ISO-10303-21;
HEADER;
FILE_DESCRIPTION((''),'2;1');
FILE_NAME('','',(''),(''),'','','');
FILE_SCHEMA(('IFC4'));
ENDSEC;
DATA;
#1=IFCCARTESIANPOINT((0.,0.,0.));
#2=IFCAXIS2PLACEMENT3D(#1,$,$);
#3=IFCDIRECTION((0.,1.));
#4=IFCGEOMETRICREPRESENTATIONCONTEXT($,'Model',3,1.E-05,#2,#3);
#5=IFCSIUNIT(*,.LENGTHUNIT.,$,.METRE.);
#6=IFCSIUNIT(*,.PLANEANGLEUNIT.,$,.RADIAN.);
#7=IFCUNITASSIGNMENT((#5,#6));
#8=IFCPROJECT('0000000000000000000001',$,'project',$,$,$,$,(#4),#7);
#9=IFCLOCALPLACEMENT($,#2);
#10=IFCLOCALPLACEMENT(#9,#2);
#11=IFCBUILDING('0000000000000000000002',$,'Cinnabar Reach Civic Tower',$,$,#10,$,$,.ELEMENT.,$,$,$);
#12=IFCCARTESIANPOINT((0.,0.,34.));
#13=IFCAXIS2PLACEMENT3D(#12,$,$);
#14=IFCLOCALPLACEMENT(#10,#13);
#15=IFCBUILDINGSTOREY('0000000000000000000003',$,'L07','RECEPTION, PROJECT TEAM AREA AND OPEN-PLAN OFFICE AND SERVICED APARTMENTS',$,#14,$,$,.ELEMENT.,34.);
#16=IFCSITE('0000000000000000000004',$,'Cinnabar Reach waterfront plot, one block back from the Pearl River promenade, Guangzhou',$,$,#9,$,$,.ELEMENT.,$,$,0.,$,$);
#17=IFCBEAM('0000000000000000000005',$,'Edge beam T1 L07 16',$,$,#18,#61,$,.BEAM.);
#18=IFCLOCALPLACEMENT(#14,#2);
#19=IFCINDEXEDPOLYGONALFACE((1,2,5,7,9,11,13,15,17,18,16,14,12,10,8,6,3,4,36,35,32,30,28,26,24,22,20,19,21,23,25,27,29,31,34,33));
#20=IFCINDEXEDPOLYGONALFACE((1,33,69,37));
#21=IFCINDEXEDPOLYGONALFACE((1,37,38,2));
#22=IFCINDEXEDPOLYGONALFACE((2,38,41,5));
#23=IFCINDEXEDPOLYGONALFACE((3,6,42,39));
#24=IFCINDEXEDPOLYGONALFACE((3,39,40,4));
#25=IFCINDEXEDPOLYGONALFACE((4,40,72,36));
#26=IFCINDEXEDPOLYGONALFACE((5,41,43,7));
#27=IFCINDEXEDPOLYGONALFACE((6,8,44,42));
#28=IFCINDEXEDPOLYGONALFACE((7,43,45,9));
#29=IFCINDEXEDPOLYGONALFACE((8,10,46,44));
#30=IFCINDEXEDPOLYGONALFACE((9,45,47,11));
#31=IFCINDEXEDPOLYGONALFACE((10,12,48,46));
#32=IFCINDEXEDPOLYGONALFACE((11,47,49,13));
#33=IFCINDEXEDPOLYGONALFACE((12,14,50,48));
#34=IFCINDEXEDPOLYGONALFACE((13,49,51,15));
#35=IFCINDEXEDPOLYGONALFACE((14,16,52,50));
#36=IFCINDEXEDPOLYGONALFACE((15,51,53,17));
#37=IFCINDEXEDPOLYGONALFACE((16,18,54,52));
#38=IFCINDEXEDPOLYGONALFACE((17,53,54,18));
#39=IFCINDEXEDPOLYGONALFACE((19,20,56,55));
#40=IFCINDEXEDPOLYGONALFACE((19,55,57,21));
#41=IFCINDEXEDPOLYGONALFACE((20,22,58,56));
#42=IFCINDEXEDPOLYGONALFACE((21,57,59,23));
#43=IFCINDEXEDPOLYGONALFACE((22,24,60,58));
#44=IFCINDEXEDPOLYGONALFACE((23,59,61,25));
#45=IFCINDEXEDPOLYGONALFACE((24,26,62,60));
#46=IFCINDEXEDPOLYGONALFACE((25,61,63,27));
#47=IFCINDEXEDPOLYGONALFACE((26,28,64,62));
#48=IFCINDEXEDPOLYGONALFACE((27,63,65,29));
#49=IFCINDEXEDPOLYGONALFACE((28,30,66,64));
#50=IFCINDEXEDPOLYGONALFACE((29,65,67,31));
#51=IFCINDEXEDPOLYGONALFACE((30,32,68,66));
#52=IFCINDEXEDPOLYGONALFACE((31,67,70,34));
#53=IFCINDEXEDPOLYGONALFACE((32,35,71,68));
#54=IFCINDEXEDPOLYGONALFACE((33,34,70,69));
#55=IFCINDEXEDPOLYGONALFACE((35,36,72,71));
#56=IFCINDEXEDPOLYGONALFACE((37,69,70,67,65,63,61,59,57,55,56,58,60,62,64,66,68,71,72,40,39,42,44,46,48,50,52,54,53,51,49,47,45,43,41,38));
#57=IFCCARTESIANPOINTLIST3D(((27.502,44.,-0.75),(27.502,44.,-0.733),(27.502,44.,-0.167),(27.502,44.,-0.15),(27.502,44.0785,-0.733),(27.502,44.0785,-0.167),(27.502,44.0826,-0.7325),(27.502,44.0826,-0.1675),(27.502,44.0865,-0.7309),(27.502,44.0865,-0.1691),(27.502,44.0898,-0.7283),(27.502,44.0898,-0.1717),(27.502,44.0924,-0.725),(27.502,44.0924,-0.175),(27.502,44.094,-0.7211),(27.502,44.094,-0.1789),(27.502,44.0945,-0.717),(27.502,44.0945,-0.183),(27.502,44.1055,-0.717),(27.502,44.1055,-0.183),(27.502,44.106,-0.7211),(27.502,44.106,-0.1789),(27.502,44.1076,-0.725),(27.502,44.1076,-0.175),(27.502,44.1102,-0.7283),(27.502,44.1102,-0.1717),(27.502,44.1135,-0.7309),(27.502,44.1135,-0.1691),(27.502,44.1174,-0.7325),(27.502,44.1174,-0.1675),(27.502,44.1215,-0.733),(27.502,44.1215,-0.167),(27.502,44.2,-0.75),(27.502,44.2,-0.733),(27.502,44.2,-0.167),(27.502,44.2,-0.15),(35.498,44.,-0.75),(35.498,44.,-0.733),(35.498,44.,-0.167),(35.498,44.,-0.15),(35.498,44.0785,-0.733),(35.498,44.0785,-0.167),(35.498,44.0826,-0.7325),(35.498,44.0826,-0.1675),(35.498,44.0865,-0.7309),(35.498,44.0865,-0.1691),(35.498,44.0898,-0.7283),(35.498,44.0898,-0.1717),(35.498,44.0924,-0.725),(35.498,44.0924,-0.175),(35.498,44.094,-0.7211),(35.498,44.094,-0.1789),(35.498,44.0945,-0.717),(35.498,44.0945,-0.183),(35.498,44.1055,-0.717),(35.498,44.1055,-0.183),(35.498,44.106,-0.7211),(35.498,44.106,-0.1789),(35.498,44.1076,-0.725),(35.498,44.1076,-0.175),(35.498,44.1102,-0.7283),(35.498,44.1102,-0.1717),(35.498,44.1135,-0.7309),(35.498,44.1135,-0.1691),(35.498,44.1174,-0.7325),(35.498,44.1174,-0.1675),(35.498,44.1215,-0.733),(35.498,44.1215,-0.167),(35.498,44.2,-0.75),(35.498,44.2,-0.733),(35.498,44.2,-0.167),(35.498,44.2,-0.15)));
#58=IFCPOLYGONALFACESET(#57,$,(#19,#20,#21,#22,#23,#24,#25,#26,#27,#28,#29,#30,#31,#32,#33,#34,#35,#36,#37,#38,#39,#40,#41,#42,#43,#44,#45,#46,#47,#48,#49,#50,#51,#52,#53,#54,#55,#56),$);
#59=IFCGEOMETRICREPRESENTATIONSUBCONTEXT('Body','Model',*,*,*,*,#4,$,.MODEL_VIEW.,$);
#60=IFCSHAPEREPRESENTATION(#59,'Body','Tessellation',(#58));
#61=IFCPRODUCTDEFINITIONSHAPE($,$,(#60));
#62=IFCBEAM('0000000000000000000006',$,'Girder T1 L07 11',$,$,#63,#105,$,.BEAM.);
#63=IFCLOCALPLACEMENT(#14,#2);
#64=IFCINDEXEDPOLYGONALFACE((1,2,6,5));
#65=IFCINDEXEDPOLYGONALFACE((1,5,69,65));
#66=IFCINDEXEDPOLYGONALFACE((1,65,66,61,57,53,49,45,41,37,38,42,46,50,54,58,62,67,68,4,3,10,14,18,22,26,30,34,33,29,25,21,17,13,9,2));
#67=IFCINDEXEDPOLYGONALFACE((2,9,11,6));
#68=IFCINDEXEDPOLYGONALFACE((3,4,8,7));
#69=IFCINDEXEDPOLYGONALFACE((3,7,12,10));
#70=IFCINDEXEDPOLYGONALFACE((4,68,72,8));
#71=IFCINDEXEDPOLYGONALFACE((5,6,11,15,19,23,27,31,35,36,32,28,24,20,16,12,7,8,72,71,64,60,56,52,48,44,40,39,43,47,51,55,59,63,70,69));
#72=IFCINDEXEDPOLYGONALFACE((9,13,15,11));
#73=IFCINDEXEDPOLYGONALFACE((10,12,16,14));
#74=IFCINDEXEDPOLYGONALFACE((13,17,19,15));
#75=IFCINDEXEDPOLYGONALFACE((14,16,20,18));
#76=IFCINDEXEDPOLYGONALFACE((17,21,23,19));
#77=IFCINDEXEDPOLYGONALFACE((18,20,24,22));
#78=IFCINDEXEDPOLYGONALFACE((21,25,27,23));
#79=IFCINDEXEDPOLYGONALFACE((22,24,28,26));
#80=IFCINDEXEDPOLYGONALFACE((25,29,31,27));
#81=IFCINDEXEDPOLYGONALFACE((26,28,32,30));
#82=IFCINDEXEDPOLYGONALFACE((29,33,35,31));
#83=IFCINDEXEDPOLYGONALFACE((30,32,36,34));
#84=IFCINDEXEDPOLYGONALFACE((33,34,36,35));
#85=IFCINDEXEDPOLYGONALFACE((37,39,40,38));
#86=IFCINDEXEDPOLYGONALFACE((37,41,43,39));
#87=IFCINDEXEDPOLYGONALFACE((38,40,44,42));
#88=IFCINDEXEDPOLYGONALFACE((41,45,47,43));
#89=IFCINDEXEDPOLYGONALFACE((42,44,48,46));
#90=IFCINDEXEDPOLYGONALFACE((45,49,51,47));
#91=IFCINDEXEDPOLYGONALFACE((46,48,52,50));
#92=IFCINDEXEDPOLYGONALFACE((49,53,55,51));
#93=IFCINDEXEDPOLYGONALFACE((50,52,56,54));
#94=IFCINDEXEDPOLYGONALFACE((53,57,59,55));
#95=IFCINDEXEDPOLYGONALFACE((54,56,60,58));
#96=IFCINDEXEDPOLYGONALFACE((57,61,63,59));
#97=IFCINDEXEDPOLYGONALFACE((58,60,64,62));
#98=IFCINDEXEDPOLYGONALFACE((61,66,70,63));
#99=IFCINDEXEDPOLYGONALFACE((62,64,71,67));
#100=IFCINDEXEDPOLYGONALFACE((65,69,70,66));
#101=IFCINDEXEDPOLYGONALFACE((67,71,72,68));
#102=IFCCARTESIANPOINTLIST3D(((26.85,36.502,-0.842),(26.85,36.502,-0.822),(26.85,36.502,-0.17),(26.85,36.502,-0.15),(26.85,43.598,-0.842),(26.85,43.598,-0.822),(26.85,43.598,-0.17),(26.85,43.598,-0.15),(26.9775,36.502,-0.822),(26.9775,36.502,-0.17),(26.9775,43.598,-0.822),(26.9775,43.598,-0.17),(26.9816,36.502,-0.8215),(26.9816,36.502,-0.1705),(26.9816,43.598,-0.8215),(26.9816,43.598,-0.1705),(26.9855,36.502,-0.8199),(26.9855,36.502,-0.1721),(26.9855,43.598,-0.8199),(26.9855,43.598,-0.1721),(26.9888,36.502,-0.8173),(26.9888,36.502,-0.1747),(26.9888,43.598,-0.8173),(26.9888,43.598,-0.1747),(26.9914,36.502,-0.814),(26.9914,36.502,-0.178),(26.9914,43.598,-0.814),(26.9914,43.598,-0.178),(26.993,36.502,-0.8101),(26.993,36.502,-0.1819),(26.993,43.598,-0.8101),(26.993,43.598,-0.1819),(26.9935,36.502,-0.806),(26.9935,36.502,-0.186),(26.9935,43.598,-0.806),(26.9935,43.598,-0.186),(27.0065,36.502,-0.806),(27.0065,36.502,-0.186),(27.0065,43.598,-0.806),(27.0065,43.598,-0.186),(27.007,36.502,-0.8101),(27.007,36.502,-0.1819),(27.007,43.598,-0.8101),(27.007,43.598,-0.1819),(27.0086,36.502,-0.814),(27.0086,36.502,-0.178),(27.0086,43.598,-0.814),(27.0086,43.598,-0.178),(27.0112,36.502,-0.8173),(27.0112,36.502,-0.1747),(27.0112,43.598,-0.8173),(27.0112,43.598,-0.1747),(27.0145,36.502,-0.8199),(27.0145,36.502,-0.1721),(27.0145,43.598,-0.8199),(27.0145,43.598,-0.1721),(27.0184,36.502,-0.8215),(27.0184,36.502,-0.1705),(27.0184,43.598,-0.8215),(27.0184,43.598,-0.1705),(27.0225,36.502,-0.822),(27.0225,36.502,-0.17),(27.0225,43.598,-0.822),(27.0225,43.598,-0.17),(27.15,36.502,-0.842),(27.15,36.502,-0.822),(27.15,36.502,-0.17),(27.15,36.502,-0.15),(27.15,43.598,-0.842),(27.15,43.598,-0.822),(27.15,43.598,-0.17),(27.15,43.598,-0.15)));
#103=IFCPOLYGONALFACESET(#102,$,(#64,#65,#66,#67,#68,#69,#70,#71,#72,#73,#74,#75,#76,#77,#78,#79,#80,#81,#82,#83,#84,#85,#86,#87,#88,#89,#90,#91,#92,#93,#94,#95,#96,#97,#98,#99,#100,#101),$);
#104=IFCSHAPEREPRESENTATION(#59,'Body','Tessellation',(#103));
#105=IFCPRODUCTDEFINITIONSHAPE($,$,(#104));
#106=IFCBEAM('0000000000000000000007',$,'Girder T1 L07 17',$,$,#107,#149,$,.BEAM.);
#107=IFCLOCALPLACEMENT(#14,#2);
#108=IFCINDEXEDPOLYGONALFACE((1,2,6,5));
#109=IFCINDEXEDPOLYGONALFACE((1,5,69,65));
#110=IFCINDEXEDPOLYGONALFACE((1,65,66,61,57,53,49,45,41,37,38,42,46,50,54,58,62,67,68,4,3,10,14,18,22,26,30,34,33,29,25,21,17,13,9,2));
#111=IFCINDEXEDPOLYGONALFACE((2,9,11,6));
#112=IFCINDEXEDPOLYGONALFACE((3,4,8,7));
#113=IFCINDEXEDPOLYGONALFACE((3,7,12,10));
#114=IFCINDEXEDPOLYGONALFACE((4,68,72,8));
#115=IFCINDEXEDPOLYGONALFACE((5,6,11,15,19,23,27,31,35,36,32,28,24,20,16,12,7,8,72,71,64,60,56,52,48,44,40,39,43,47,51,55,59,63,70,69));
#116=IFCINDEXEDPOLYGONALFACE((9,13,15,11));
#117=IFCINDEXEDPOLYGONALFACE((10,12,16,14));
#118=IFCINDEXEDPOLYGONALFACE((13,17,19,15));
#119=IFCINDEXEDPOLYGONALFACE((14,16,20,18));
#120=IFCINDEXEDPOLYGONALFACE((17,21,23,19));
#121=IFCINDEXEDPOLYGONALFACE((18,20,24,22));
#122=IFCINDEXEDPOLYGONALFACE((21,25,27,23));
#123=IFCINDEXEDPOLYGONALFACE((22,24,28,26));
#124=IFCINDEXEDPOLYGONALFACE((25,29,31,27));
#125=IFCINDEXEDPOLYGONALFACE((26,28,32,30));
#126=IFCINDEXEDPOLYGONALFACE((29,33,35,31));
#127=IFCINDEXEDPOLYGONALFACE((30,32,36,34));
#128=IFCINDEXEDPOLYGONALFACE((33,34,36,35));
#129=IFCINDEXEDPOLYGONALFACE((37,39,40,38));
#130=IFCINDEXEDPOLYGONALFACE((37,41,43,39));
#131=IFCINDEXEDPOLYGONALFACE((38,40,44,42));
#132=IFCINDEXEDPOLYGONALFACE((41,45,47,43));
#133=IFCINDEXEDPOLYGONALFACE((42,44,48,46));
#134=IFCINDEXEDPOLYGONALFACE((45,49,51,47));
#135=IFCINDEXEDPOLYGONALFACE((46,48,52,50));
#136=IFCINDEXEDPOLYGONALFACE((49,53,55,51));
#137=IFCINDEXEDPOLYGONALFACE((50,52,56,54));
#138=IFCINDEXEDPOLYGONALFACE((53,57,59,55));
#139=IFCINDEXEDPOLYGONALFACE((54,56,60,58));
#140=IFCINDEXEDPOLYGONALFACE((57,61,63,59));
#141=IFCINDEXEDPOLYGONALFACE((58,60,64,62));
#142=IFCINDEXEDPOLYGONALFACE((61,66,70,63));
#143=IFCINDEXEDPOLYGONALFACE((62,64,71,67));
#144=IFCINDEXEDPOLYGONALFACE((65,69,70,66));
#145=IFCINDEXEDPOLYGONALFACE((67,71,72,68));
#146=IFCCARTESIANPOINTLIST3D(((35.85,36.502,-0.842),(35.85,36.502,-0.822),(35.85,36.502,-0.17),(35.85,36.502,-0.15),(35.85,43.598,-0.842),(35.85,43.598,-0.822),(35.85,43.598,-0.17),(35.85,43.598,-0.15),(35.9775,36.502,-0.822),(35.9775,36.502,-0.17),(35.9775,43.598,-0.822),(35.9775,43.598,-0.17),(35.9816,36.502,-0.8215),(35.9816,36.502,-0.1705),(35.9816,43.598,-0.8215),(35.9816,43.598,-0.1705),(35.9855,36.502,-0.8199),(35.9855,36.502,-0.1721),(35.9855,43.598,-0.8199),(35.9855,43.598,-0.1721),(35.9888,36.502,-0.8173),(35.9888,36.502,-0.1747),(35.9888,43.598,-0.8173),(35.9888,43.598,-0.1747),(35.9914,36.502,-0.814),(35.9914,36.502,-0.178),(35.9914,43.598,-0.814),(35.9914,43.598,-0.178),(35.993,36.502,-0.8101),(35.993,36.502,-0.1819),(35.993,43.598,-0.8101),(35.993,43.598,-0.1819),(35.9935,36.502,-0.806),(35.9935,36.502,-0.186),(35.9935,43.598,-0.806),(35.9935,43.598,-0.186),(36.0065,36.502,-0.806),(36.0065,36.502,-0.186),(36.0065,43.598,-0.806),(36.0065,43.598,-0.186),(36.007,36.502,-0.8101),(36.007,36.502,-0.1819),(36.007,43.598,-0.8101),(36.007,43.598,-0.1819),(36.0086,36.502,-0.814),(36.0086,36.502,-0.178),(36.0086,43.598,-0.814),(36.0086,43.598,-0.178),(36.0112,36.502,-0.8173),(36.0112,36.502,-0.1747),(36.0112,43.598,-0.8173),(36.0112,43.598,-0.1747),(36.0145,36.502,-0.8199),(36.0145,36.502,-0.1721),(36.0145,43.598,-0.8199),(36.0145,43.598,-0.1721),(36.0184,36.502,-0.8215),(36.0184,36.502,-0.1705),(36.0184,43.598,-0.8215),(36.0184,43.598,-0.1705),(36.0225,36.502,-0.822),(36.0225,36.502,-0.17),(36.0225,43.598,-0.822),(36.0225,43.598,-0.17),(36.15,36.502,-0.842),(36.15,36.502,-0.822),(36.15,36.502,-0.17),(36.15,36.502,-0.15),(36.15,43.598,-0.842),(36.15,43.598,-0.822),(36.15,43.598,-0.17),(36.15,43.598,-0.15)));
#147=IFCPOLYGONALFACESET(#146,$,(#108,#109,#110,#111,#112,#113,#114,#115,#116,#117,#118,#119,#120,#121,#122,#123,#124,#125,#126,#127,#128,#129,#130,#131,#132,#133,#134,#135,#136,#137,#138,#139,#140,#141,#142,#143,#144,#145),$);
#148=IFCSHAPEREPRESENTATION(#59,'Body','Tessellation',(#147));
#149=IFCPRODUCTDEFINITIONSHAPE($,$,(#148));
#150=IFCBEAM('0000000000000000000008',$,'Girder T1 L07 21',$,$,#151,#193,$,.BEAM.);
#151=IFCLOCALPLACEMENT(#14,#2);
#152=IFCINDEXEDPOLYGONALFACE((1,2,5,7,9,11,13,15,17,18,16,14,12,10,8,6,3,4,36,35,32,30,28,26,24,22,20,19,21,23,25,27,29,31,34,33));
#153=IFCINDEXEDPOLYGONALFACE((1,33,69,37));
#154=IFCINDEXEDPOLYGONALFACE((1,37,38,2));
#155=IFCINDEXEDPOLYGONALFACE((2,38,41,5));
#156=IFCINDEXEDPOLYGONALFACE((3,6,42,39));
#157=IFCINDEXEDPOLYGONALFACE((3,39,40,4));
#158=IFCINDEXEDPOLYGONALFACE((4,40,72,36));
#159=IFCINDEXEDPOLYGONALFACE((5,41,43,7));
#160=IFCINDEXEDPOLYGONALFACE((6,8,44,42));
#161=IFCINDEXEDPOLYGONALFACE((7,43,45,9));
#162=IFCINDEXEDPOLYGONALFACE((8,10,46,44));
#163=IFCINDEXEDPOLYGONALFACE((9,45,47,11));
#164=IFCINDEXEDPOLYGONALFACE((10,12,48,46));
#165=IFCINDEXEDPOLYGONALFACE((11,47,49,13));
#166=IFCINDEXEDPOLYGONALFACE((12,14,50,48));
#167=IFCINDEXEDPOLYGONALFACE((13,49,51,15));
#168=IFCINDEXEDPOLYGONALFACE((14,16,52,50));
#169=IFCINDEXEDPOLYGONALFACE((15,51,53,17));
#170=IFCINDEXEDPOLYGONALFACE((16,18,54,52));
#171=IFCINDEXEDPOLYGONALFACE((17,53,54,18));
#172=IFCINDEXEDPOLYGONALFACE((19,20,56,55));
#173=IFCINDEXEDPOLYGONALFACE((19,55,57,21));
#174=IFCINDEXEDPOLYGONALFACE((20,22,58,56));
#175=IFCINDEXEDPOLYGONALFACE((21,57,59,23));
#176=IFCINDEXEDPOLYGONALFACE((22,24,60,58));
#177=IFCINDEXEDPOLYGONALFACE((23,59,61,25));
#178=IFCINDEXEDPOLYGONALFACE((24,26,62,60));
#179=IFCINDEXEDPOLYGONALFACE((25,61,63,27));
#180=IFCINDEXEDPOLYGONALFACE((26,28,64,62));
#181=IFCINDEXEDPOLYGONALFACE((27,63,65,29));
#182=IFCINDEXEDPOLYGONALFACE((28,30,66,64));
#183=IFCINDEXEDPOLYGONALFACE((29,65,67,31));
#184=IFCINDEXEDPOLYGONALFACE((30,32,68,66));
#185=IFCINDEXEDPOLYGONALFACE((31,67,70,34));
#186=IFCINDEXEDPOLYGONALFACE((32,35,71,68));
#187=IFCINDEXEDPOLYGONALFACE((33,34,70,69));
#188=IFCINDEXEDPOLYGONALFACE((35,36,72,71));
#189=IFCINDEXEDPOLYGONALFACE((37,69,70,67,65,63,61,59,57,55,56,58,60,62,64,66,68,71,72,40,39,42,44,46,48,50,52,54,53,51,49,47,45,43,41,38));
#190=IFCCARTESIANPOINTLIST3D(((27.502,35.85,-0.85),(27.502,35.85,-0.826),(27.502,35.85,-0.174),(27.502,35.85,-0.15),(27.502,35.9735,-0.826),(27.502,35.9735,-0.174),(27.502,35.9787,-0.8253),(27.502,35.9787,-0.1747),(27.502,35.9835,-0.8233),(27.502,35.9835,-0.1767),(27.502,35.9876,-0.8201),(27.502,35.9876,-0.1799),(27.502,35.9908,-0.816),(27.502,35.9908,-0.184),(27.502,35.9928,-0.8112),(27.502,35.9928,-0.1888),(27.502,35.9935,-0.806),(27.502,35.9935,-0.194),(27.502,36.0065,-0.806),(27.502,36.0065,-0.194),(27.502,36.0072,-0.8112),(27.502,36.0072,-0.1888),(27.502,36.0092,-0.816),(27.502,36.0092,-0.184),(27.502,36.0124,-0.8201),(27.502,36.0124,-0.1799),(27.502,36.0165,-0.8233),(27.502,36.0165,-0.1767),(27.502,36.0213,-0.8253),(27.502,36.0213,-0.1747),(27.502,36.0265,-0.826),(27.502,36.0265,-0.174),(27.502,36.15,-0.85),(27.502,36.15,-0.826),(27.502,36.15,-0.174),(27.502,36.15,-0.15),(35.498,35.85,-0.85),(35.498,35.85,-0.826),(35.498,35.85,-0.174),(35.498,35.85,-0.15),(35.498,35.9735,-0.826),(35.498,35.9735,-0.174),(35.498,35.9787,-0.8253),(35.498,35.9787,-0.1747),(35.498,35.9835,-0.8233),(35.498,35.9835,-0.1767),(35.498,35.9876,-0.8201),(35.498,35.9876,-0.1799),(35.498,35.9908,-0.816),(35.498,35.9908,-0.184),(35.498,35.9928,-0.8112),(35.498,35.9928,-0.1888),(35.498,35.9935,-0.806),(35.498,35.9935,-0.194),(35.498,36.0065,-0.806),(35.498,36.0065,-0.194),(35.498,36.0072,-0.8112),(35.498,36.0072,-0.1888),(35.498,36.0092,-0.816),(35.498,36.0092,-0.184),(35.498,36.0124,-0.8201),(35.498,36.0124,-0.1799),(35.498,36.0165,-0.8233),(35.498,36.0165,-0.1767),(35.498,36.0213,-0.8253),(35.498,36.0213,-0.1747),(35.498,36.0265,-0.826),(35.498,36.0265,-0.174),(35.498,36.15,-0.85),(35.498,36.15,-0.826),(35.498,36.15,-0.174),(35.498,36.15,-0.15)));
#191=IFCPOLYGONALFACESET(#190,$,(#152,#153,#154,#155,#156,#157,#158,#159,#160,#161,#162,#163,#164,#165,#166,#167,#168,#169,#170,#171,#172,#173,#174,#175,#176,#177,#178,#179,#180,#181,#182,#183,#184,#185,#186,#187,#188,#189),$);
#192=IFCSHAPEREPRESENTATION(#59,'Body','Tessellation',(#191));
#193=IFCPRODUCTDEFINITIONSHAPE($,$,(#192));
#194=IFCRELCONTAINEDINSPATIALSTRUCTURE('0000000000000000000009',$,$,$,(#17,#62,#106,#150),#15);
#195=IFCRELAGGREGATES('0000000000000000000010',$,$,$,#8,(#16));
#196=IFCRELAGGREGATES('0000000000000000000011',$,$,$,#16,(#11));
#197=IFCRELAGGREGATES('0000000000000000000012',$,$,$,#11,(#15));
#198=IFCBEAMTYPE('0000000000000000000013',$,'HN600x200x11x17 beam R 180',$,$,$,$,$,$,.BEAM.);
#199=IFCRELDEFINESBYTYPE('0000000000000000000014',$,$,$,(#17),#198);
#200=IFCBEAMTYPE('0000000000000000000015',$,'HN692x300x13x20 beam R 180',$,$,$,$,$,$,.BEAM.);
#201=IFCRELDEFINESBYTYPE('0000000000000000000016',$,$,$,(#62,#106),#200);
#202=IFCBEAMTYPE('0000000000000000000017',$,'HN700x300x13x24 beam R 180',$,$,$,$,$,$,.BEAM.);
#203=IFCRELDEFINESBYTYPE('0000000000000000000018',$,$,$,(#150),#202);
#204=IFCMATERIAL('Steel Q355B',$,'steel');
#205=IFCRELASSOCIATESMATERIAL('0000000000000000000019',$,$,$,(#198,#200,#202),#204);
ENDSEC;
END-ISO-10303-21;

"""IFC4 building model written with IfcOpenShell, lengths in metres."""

from ifc_helpers import new_model, si_unit, direction, frame, origin, origin_2d, place, context, subcontext, project, spatial, i_section, extrude, material, material_profile, profile_set, type_object, element, save


model = new_model("IFC4")

# Units and contexts
model_context = context("Model", 3, precision=1e-05, world=origin(), true_north=direction((0.0, 1.0)))
body_context = subcontext(model_context, "Body", "Model", "MODEL_VIEW")
ifc_project = project(units=[si_unit("LENGTHUNIT", "METRE"), si_unit("PLANEANGLEUNIT", "RADIAN")], contexts=[model_context])

# Site, building, storey
site_placement = place(None, origin())
site = spatial("IfcSite", under=ifc_project, at=site_placement, Name="Cinnabar Reach waterfront plot, one block back from the Pearl River promenade, Guangzhou", CompositionType="ELEMENT", RefElevation=0.0)
building_placement = place(site_placement, origin())
building = spatial("IfcBuilding", under=site, at=building_placement, Name="Cinnabar Reach Civic Tower", CompositionType="ELEMENT")
storey_placement = place(building_placement, frame((0.0, 0.0, 34.0)))
storey = spatial("IfcBuildingStorey", under=building, at=storey_placement, Name="L07", Description="RECEPTION, PROJECT TEAM AREA AND OPEN-PLAN OFFICE AND SERVICED APARTMENTS", CompositionType="ELEMENT", Elevation=34.0)

# Beams
ifc_material_1 = material(Name="Steel Q355B", Category="steel")
ifc_material_profile_1 = material_profile(ifc_material_1, i_section(OverallWidth=0.2, OverallDepth=0.6, WebThickness=0.011, FlangeThickness=0.017, FilletRadius=0.016, at=origin_2d()), Name="HN600x200x11x17")
ifc_profile_set_1 = profile_set([ifc_material_profile_1], Name="Steel Q355B")
beam_type_1 = type_object("IfcBeamType", Name="HN600x200x11x17 beam R 180", PredefinedType="BEAM", material=ifc_profile_set_1)
beam_1_placement = place(storey_placement, frame((35.498, 44.1, -0.45), z_axis=(-1.0, 0.0, 0.0), x_axis=(0.0, -1.0, 0.0)))
element("IfcBeam", 1, at=beam_1_placement, inside=storey, type_object=beam_type_1, Name="Edge beam T1 L07 16", PredefinedType="BEAM", context=body_context, shape_type="SweptSolid", body=[
    extrude(i_section(OverallWidth=0.2, OverallDepth=0.6, WebThickness=0.011, FlangeThickness=0.017, FilletRadius=0.016, at=origin_2d()), origin(), (0.0, 0.0, 1.0), 7.996),
])
ifc_material_profile_2 = material_profile(ifc_material_1, i_section(OverallWidth=0.3, OverallDepth=0.692, WebThickness=0.013, FlangeThickness=0.02, FilletRadius=0.016, at=origin_2d()), Name="HN692x300x13x20")
ifc_profile_set_2 = profile_set([ifc_material_profile_2], Name="Steel Q355B")
beam_type_2 = type_object("IfcBeamType", Name="HN692x300x13x20 beam R 180", PredefinedType="BEAM", material=ifc_profile_set_2)
for number, where, z_axis, x_axis, name in (
    (2, (27.0, 36.502, -0.496), (0.0, 1.0, 0.0), (-1.0, 0.0, 0.0), "Girder T1 L07 11"),
    (3, (36.0, 36.502, -0.496), (0.0, 1.0, 0.0), (-1.0, 0.0, 0.0), "Girder T1 L07 17"),
):
    element("IfcBeam", number, at=place(storey_placement, frame(where, z_axis=z_axis, x_axis=x_axis)), inside=storey, type_object=beam_type_2, Name=name, PredefinedType="BEAM", context=body_context, shape_type="SweptSolid", body=[
        extrude(i_section(OverallWidth=0.3, OverallDepth=0.692, WebThickness=0.013, FlangeThickness=0.02, FilletRadius=0.016, at=origin_2d()), origin(), (0.0, 0.0, 1.0), 7.096),
    ])
ifc_material_profile_3 = material_profile(ifc_material_1, i_section(OverallWidth=0.3, OverallDepth=0.7, WebThickness=0.013, FlangeThickness=0.024, FilletRadius=0.02, at=origin_2d()), Name="HN700x300x13x24")
ifc_profile_set_3 = profile_set([ifc_material_profile_3], Name="Steel Q355B")
beam_type_3 = type_object("IfcBeamType", Name="HN700x300x13x24 beam R 180", PredefinedType="BEAM", material=ifc_profile_set_3)
for number, where, z_axis, x_axis, name in (
    (4, (27.502, 36.0, -0.5), (1.0, 0.0, 0.0), (0.0, 1.0, 0.0), "Girder T1 L07 21"),
):
    element("IfcBeam", number, at=place(storey_placement, frame(where, z_axis=z_axis, x_axis=x_axis)), inside=storey, type_object=beam_type_3, Name=name, PredefinedType="BEAM", context=body_context, shape_type="SweptSolid", body=[
        extrude(i_section(OverallWidth=0.3, OverallDepth=0.7, WebThickness=0.013, FlangeThickness=0.024, FilletRadius=0.02, at=origin_2d()), origin(), (0.0, 0.0, 1.0), 7.996),
    ])

save(model, "model.ifc")
